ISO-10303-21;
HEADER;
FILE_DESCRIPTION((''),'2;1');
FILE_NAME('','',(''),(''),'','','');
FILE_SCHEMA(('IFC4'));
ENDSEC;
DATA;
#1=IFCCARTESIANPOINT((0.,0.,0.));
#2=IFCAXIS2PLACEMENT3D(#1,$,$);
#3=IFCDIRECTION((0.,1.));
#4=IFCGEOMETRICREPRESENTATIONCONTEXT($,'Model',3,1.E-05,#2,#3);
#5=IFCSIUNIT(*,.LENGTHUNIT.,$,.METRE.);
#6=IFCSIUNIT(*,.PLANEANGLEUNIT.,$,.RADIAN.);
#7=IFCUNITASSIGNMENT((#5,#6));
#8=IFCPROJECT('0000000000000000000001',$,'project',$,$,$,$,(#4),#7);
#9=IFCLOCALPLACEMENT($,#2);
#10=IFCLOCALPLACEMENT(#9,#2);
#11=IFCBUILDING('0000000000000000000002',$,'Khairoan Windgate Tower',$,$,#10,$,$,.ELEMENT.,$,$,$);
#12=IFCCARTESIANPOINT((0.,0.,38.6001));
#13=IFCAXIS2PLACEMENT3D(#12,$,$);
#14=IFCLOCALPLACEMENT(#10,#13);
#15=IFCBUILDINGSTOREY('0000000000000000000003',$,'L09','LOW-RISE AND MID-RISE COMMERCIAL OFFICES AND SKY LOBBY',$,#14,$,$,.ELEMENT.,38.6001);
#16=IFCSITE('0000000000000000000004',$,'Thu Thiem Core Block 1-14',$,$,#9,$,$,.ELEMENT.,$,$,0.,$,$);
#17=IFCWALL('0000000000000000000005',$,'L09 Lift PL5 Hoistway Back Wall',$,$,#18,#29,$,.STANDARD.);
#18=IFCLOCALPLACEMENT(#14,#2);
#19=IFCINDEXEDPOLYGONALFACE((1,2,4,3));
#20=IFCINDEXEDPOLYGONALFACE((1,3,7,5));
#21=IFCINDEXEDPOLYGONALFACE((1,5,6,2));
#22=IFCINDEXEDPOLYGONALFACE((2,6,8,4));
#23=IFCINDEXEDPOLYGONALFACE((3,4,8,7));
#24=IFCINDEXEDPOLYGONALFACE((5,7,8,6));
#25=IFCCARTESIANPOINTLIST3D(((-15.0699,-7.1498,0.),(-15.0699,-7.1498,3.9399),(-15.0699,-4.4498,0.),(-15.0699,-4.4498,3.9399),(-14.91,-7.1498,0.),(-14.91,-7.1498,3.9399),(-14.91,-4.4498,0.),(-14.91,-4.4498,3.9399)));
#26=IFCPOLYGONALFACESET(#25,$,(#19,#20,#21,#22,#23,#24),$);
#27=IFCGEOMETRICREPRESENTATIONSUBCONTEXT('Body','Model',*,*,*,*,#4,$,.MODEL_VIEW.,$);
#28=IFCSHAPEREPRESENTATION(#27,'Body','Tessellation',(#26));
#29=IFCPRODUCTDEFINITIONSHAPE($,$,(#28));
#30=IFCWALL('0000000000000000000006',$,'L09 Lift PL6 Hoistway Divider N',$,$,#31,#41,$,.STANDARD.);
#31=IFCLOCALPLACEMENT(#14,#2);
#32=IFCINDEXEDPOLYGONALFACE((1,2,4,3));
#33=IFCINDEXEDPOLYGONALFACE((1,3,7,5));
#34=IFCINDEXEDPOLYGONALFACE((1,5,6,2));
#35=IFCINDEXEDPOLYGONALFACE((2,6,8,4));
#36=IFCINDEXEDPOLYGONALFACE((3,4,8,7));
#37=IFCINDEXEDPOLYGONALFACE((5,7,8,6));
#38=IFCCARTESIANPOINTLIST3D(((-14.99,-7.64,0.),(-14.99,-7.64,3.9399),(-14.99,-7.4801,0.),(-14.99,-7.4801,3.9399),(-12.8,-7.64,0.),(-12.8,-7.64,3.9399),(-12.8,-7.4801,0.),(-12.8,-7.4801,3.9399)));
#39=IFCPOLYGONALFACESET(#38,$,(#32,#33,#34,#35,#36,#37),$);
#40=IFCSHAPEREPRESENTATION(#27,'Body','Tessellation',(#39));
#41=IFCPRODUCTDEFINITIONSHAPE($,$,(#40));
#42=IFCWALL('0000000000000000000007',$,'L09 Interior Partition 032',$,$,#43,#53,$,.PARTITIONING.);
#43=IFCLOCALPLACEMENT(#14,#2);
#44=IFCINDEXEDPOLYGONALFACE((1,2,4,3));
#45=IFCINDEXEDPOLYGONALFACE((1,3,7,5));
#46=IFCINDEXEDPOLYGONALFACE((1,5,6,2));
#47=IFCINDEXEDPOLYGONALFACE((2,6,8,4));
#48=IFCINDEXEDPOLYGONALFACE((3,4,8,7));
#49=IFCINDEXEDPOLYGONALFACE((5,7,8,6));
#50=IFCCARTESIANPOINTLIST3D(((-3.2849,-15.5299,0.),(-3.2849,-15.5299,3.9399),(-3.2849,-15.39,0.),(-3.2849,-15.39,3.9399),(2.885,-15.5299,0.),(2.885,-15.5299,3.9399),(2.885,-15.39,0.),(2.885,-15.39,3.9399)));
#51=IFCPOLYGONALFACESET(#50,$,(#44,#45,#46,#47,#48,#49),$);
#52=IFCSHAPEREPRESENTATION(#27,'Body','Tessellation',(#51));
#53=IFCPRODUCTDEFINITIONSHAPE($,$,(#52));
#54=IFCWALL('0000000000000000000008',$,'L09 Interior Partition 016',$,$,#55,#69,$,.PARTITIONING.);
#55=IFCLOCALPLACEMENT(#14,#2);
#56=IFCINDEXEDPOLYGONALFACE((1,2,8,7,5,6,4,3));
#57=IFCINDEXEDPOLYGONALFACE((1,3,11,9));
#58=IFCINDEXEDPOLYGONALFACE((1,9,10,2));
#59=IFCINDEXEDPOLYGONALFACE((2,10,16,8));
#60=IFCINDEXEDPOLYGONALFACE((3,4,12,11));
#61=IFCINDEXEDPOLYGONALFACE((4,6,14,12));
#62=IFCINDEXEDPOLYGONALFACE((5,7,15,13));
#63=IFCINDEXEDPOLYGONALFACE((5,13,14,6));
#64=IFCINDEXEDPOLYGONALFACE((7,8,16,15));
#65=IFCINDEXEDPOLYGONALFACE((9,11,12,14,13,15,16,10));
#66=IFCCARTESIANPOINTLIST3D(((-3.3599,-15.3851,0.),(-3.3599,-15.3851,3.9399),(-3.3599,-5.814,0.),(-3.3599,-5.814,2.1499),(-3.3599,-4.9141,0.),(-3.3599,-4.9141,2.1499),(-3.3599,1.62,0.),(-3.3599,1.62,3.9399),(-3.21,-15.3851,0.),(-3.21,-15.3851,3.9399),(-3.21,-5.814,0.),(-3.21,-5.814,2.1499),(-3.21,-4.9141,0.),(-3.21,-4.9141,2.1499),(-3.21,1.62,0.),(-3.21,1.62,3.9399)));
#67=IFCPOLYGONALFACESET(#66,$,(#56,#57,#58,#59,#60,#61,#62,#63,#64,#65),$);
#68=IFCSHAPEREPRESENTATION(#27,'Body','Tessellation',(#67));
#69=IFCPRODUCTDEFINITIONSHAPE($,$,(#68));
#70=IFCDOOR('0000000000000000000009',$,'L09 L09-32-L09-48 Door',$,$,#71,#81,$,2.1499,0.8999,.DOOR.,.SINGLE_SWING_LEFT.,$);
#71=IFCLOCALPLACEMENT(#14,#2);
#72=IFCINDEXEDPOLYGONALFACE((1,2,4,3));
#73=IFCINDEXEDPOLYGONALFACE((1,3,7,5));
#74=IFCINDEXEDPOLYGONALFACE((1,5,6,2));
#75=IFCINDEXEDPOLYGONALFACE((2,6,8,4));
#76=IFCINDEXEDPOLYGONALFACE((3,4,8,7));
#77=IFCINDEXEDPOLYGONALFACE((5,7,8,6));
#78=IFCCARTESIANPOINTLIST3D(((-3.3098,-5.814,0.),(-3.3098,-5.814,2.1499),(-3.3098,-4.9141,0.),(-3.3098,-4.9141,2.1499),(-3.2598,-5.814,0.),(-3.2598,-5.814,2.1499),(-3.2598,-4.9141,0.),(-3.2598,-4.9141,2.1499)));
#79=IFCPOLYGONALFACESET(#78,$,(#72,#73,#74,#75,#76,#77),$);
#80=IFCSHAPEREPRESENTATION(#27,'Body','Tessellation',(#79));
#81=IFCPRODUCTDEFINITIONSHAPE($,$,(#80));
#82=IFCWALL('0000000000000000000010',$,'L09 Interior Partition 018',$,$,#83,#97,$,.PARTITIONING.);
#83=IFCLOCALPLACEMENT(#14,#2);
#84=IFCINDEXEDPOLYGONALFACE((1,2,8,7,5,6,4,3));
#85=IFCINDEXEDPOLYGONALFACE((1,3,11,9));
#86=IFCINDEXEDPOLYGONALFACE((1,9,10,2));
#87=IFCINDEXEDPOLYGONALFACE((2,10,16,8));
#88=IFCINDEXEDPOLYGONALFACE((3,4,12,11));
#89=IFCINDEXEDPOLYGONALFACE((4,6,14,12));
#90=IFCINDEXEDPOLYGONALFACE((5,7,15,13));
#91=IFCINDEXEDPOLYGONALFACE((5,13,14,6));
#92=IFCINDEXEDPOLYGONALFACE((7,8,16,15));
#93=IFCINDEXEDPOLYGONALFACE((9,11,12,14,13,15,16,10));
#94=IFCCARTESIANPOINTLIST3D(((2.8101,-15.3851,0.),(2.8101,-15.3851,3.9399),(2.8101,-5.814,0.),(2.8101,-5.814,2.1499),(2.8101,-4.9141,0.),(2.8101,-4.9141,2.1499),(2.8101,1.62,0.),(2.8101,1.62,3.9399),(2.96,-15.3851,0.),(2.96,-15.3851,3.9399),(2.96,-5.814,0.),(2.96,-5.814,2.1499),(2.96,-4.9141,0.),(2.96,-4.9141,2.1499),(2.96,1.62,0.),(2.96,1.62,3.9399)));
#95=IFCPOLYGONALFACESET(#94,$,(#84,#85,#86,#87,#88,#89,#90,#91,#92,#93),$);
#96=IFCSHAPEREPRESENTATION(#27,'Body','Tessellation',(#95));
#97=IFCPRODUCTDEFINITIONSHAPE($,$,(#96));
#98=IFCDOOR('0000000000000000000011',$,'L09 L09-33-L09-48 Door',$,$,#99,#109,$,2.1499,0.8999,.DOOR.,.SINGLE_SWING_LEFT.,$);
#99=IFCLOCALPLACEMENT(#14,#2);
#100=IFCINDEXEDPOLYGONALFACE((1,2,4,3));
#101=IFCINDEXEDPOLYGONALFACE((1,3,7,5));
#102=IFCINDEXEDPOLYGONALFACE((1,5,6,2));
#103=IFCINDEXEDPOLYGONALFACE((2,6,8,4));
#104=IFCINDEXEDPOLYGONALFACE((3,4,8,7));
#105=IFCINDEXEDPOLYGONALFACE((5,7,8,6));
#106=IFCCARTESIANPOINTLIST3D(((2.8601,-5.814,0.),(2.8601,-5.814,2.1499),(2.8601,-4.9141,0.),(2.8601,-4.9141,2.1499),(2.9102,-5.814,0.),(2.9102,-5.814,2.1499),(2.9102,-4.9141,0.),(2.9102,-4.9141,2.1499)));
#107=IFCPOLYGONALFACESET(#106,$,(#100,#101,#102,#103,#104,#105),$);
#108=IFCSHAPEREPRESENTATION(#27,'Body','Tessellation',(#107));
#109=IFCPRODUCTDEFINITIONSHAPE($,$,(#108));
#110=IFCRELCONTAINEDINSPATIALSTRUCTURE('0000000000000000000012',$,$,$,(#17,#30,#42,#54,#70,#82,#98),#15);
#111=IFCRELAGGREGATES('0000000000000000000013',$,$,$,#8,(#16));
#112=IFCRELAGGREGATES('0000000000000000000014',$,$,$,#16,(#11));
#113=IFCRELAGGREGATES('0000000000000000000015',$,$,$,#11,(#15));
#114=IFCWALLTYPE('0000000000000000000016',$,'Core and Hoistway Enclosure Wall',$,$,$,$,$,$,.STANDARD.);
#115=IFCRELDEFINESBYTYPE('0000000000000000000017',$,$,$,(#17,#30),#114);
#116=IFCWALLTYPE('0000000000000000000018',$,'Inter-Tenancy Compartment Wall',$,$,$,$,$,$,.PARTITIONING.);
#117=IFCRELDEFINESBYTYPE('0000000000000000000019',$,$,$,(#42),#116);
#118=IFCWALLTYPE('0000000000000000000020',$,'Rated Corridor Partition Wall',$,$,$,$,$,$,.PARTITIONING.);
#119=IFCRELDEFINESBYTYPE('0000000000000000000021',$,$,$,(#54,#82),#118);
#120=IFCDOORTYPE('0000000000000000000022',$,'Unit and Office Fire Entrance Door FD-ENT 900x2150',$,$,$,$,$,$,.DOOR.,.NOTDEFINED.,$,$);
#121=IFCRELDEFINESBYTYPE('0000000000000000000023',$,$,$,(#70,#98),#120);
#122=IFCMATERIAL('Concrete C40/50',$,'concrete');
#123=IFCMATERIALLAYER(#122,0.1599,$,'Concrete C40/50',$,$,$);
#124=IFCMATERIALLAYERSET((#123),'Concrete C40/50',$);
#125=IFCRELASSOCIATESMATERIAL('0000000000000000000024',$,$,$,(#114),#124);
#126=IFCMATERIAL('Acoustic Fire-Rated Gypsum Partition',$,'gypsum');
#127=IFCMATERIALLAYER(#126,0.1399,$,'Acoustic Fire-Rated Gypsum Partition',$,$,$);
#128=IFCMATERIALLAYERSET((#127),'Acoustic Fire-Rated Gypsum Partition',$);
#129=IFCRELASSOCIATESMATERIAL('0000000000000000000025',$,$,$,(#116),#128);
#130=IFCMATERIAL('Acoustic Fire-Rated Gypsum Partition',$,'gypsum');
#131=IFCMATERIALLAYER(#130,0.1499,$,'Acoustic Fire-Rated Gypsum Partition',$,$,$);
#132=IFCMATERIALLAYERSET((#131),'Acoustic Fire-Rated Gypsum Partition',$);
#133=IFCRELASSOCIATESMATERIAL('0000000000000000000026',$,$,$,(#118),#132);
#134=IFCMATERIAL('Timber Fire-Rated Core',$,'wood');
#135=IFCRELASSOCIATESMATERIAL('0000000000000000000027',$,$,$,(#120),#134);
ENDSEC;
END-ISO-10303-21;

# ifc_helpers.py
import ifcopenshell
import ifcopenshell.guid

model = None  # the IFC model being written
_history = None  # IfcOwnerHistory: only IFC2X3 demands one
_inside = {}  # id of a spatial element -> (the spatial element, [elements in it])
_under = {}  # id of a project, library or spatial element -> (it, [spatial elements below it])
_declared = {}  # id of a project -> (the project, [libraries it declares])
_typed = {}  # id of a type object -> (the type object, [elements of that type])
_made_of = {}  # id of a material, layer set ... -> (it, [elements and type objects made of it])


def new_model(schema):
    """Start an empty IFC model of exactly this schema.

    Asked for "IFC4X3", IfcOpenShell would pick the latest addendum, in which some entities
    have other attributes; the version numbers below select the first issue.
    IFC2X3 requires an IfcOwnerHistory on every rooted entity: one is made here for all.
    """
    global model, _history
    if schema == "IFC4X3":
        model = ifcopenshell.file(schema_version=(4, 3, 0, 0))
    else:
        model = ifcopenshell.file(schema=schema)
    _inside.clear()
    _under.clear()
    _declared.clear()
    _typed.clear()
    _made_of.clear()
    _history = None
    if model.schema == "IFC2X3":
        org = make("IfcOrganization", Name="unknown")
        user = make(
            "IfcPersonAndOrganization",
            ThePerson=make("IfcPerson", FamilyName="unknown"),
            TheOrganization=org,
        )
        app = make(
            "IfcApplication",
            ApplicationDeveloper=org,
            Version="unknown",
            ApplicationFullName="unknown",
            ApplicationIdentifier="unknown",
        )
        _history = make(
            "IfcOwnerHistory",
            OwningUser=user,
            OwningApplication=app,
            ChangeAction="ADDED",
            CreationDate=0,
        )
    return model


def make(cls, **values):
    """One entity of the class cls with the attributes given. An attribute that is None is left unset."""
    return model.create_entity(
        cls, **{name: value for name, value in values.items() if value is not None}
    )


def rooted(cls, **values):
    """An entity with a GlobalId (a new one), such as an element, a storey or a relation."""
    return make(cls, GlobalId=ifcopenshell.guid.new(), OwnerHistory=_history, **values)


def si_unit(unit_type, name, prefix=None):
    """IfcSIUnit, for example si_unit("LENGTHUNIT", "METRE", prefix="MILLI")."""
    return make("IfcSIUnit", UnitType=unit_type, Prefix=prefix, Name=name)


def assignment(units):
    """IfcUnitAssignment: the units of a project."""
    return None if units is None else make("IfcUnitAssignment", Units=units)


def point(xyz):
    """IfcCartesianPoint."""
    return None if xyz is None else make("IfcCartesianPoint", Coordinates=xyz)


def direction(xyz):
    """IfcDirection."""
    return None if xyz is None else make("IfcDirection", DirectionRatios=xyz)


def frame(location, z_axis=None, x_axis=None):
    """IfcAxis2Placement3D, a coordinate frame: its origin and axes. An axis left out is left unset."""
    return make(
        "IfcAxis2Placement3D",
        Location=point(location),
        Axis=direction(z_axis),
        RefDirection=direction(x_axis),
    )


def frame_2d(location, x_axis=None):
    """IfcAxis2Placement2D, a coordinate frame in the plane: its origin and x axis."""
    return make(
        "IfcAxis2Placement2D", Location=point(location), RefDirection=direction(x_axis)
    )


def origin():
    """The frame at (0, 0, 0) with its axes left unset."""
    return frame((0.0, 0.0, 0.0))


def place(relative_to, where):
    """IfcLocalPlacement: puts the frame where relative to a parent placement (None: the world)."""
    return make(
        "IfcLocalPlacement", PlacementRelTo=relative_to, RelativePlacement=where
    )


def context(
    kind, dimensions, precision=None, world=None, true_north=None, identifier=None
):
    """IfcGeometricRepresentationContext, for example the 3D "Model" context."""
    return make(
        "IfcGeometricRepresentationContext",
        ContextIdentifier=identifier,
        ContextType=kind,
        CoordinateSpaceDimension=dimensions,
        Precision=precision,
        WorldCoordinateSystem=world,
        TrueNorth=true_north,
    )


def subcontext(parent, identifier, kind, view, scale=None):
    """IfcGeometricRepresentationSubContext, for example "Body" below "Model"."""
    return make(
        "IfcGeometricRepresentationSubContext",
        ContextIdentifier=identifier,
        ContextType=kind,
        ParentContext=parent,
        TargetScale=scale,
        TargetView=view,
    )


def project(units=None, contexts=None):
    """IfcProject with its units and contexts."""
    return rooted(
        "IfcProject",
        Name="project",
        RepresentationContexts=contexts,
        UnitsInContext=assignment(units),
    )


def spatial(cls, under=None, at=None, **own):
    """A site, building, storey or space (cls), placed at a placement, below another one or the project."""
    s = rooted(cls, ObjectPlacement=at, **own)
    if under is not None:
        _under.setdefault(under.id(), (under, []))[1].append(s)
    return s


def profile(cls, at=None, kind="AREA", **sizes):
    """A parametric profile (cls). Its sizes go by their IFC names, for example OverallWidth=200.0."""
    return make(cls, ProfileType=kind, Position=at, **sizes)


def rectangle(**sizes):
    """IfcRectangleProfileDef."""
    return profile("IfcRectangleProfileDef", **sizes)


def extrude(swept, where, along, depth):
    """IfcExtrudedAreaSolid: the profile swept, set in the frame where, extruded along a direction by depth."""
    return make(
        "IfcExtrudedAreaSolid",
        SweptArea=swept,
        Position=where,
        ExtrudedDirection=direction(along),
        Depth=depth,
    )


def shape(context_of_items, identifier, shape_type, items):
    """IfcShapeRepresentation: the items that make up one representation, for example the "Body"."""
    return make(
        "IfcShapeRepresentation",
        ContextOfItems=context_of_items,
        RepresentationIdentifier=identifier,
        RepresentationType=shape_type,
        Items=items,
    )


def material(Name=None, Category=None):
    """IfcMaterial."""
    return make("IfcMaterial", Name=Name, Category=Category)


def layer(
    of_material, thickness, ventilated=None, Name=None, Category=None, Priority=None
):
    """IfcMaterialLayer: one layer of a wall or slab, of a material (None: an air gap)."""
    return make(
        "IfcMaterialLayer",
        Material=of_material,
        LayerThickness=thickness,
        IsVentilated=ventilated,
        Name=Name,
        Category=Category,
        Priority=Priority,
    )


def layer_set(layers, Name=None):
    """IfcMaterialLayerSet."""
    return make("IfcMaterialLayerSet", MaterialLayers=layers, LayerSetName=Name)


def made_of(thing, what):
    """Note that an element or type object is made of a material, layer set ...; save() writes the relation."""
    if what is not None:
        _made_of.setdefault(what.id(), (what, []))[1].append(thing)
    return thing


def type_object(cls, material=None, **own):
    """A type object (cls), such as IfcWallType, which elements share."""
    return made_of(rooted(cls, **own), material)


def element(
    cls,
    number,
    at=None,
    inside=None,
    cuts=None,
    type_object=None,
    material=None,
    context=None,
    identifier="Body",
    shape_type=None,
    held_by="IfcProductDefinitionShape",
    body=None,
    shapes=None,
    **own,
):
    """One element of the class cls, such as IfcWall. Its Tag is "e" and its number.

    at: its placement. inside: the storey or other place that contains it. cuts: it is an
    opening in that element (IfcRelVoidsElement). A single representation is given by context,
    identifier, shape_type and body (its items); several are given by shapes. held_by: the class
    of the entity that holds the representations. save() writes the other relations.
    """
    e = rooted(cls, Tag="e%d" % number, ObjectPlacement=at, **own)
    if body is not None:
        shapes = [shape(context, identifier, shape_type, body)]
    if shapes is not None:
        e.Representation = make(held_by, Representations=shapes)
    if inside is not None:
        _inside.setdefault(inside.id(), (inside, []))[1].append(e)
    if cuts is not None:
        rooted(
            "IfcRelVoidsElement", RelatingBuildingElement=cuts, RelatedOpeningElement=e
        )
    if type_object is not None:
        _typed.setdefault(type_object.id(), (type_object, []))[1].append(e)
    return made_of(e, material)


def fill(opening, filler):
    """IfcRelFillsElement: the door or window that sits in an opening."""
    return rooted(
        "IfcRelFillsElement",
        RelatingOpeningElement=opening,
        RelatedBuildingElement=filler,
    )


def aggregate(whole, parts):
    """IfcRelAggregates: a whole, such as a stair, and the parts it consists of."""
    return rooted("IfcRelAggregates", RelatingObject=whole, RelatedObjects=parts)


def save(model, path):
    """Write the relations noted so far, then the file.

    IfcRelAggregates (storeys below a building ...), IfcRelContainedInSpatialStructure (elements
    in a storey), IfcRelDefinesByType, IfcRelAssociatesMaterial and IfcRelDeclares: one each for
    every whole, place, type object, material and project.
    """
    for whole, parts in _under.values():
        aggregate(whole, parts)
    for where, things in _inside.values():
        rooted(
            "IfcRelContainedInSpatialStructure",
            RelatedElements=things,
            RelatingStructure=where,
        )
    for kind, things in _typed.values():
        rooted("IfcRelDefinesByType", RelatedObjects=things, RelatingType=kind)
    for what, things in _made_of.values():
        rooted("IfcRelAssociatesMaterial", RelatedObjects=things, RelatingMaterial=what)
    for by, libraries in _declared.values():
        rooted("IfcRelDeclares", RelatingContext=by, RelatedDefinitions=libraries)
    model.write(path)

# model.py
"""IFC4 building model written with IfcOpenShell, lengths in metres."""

from ifc_helpers import new_model, si_unit, direction, frame, frame_2d, origin, place, context, subcontext, project, spatial, rectangle, extrude, material, layer, layer_set, type_object, element, fill, save


model = new_model("IFC4")

# Units and contexts
model_context = context("Model", 3, precision=1e-05, world=origin(), true_north=direction((0.0, 1.0)))
body_context = subcontext(model_context, "Body", "Model", "MODEL_VIEW")
ifc_project = project(units=[si_unit("LENGTHUNIT", "METRE"), si_unit("PLANEANGLEUNIT", "RADIAN")], contexts=[model_context])

# Site, building, storey
site_placement = place(None, origin())
site = spatial("IfcSite", under=ifc_project, at=site_placement, Name="Thu Thiem Core Block 1-14", CompositionType="ELEMENT", RefElevation=0.0)
building_placement = place(site_placement, origin())
building = spatial("IfcBuilding", under=site, at=building_placement, Name="Khairoan Windgate Tower", CompositionType="ELEMENT")
storey_placement = place(building_placement, frame((0.0, 0.0, 38.6001)))
storey = spatial("IfcBuildingStorey", under=building, at=storey_placement, Name="L09", Description="LOW-RISE AND MID-RISE COMMERCIAL OFFICES AND SKY LOBBY", CompositionType="ELEMENT", Elevation=38.6001)

# Walls
ifc_material_1 = material(Name="Concrete C40/50", Category="concrete")
ifc_layer_1 = layer(ifc_material_1, 0.1599, Name="Concrete C40/50")
ifc_layer_set_1 = layer_set([ifc_layer_1], Name="Concrete C40/50")
wall_type_1 = type_object("IfcWallType", Name="Core and Hoistway Enclosure Wall", PredefinedType="STANDARD", material=ifc_layer_set_1)
wall_1_placement = place(storey_placement, frame((-14.99, -7.1499, 0.0), z_axis=(0.0, 0.0, 1.0), x_axis=(0.0, 1.0, 0.0)))
element("IfcWall", 1, at=wall_1_placement, inside=storey, type_object=wall_type_1, Name="L09 Lift PL5 Hoistway Back Wall", PredefinedType="STANDARD", context=body_context, shape_type="SweptSolid", body=[
    extrude(rectangle(XDim=2.7, YDim=0.1599, at=frame_2d((1.3501, 0.0))), origin(), (0.0, 0.0, 1.0), 3.9399),
])
wall_2_placement = place(storey_placement, frame((-14.99, -7.5601, 0.0), z_axis=(0.0, 0.0, 1.0), x_axis=(1.0, 0.0, 0.0)))
element("IfcWall", 2, at=wall_2_placement, inside=storey, type_object=wall_type_1, Name="L09 Lift PL6 Hoistway Divider N", PredefinedType="STANDARD", context=body_context, shape_type="SweptSolid", body=[
    extrude(rectangle(XDim=2.1899, YDim=0.1599, at=frame_2d((1.095, 0.0))), origin(), (0.0, 0.0, 1.0), 3.9399),
])
ifc_material_2 = material(Name="Acoustic Fire-Rated Gypsum Partition", Category="gypsum")
ifc_layer_2 = layer(ifc_material_2, 0.1399, Name="Acoustic Fire-Rated Gypsum Partition")
ifc_layer_set_2 = layer_set([ifc_layer_2], Name="Acoustic Fire-Rated Gypsum Partition")
wall_type_2 = type_object("IfcWallType", Name="Inter-Tenancy Compartment Wall", PredefinedType="PARTITIONING", material=ifc_layer_set_2)
wall_3_placement = place(storey_placement, frame((-3.2849, -15.46, 0.0), z_axis=(0.0, 0.0, 1.0), x_axis=(1.0, 0.0, 0.0)))
element("IfcWall", 3, at=wall_3_placement, inside=storey, type_object=wall_type_2, Name="L09 Interior Partition 032", PredefinedType="PARTITIONING", context=body_context, shape_type="SweptSolid", body=[
    extrude(rectangle(XDim=6.1699, YDim=0.1399, at=frame_2d((3.085, 0.0))), origin(), (0.0, 0.0, 1.0), 3.9399),
])

# Walls, openings, doors
ifc_material_3 = material(Name="Acoustic Fire-Rated Gypsum Partition", Category="gypsum")
ifc_layer_3 = layer(ifc_material_3, 0.1499, Name="Acoustic Fire-Rated Gypsum Partition")
ifc_layer_set_3 = layer_set([ifc_layer_3], Name="Acoustic Fire-Rated Gypsum Partition")
wall_type_3 = type_object("IfcWallType", Name="Rated Corridor Partition Wall", PredefinedType="PARTITIONING", material=ifc_layer_set_3)
wall_4_placement = place(storey_placement, frame((-3.2849, -15.385, 0.0), z_axis=(0.0, 0.0, 1.0), x_axis=(0.0, 1.0, 0.0)))
wall_4 = element("IfcWall", 4, at=wall_4_placement, inside=storey, type_object=wall_type_3, Name="L09 Interior Partition 016", PredefinedType="PARTITIONING", context=body_context, shape_type="SweptSolid", body=[
    extrude(rectangle(XDim=17.0051, YDim=0.1499, at=frame_2d((8.5024, 0.0))), origin(), (0.0, 0.0, 1.0), 3.9399),
])
opening_1_placement = place(wall_4_placement, frame((9.571, 0.0, 0.0)))
opening_1 = element("IfcOpeningElement", 5, at=opening_1_placement, cuts=wall_4, PredefinedType="OPENING", context=body_context, shape_type="SweptSolid", body=[
    extrude(rectangle(XDim=0.8999, YDim=2.1499, at=frame_2d((0.45, 1.075))), frame((0.0, 0.085, 0.0), z_axis=(0.0, -1.0, 0.0), x_axis=(1.0, 0.0, 0.0)), (0.0, 0.0, 1.0), 0.1699),
])
ifc_material_4 = material(Name="Timber Fire-Rated Core", Category="wood")
door_type_1 = type_object("IfcDoorType", Name="Unit and Office Fire Entrance Door FD-ENT 900x2150", OperationType="NOTDEFINED", PredefinedType="DOOR", material=ifc_material_4)
door_1_placement = place(opening_1_placement, origin())
door_1 = element("IfcDoor", 6, at=door_1_placement, inside=storey, type_object=door_type_1, Name="L09 L09-32-L09-48 Door", OperationType="SINGLE_SWING_LEFT", OverallHeight=2.1499, OverallWidth=0.8999, PredefinedType="DOOR", context=body_context, shape_type="SweptSolid", body=[
    extrude(rectangle(XDim=0.8999, YDim=2.1499, at=frame_2d((0.45, 1.075))), frame((0.0, 0.0249, 0.0), z_axis=(0.0, -1.0, 0.0), x_axis=(1.0, 0.0, 0.0)), (0.0, 0.0, 1.0), 0.05),
])
fill(opening_1, door_1)
wall_5_placement = place(storey_placement, frame((2.885, -15.385, 0.0), z_axis=(0.0, 0.0, 1.0), x_axis=(0.0, 1.0, 0.0)))
wall_5 = element("IfcWall", 7, at=wall_5_placement, inside=storey, type_object=wall_type_3, Name="L09 Interior Partition 018", PredefinedType="PARTITIONING", context=body_context, shape_type="SweptSolid", body=[
    extrude(rectangle(XDim=17.0051, YDim=0.1499, at=frame_2d((8.5024, 0.0))), origin(), (0.0, 0.0, 1.0), 3.9399),
])
opening_2_placement = place(wall_5_placement, frame((9.571, 0.0, 0.0)))
opening_2 = element("IfcOpeningElement", 8, at=opening_2_placement, cuts=wall_5, PredefinedType="OPENING", context=body_context, shape_type="SweptSolid", body=[
    extrude(rectangle(XDim=0.8999, YDim=2.1499, at=frame_2d((0.45, 1.075))), frame((0.0, 0.085, 0.0), z_axis=(0.0, -1.0, 0.0), x_axis=(1.0, 0.0, 0.0)), (0.0, 0.0, 1.0), 0.1699),
])
door_2_placement = place(opening_2_placement, origin())
door_2 = element("IfcDoor", 9, at=door_2_placement, inside=storey, type_object=door_type_1, Name="L09 L09-33-L09-48 Door", OperationType="SINGLE_SWING_LEFT", OverallHeight=2.1499, OverallWidth=0.8999, PredefinedType="DOOR", context=body_context, shape_type="SweptSolid", body=[
    extrude(rectangle(XDim=0.8999, YDim=2.1499, at=frame_2d((0.45, 1.075))), frame((0.0, 0.0249, 0.0), z_axis=(0.0, -1.0, 0.0), x_axis=(1.0, 0.0, 0.0)), (0.0, 0.0, 1.0), 0.05),
])
fill(opening_2, door_2)

save(model, "model.ifc")
